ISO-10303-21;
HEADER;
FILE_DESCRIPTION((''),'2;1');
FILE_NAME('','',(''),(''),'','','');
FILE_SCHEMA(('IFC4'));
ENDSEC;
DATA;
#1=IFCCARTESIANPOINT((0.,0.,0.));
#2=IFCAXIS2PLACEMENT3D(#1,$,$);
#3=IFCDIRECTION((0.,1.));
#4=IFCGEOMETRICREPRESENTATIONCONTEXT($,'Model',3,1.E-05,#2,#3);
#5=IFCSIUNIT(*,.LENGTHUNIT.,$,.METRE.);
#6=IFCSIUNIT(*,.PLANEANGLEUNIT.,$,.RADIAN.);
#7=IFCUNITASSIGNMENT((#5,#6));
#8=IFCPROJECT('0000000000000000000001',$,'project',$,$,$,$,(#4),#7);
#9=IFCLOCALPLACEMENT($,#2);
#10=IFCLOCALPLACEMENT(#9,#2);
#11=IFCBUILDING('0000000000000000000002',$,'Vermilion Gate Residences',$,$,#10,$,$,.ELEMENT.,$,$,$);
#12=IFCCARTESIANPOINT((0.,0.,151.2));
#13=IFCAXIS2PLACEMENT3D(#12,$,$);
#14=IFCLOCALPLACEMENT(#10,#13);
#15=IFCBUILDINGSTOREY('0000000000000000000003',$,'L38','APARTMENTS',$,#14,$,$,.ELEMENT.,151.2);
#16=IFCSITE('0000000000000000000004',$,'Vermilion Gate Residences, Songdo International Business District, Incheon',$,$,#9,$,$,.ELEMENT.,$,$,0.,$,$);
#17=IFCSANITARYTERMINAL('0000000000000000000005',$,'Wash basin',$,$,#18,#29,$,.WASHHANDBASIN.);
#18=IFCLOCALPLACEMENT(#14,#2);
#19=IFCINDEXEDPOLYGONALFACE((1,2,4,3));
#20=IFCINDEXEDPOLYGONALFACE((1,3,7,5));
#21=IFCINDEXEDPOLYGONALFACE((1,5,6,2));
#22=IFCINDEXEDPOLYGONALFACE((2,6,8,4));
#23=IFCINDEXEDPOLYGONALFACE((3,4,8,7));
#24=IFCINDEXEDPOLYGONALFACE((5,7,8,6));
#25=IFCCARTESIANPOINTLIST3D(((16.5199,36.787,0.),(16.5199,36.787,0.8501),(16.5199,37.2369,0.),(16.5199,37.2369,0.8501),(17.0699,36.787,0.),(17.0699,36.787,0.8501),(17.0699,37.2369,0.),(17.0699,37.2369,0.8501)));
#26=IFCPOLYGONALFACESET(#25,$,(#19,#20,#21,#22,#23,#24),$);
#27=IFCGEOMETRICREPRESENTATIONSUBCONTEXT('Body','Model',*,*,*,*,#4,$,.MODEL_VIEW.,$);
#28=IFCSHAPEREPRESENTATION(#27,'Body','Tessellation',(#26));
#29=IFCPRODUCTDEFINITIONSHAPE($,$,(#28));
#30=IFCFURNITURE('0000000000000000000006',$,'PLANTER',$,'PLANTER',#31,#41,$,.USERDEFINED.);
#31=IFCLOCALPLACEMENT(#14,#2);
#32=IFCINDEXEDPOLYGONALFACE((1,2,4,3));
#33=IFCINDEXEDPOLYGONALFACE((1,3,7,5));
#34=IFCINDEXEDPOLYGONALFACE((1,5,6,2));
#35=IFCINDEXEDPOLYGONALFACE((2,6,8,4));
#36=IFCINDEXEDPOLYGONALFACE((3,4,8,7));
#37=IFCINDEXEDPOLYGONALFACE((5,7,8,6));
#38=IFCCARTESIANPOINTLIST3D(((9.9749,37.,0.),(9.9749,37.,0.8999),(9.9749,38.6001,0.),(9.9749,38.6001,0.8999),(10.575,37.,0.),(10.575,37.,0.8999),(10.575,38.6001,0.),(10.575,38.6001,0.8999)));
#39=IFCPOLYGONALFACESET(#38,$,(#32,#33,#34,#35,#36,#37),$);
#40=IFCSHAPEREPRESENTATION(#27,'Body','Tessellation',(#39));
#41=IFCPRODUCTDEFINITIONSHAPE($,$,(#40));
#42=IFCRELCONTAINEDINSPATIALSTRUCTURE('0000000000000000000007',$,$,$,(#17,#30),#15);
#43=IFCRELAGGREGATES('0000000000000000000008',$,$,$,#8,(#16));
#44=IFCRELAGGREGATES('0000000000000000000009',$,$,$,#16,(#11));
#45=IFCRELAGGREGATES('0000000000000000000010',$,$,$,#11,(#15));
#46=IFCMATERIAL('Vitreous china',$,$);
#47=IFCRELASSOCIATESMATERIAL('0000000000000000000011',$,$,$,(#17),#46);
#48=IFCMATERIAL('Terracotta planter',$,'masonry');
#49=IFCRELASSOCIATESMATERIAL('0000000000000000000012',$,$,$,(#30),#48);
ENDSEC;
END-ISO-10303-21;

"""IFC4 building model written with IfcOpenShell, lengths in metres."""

from ifc_helpers import new_model, si_unit, direction, frame, origin, origin_2d, place, context, subcontext, project, spatial, rectangle, extrude, material, element, save


model = new_model("IFC4")

# Units and contexts
model_context = context("Model", 3, precision=1e-05, world=origin(), true_north=direction((0.0, 1.0)))
body_context = subcontext(model_context, "Body", "Model", "MODEL_VIEW")
ifc_project = project(units=[si_unit("LENGTHUNIT", "METRE"), si_unit("PLANEANGLEUNIT", "RADIAN")], contexts=[model_context])

# Site, building, storey
site_placement = place(None, origin())
site = spatial("IfcSite", under=ifc_project, at=site_placement, Name="Vermilion Gate Residences, Songdo International Business District, Incheon", CompositionType="ELEMENT", RefElevation=0.0)
building_placement = place(site_placement, origin())
building = spatial("IfcBuilding", under=site, at=building_placement, Name="Vermilion Gate Residences", CompositionType="ELEMENT")
storey_placement = place(building_placement, frame((0.0, 0.0, 151.2)))
storey = spatial("IfcBuildingStorey", under=building, at=storey_placement, Name="L38", Description="APARTMENTS", CompositionType="ELEMENT", Elevation=151.2)

# Sanitary terminal
ifc_material_1 = material(Name="Vitreous china")
sanitary_terminal_1_placement = place(storey_placement, frame((16.7949, 37.012, 0.0), z_axis=(0.0, 0.0, 1.0), x_axis=(1.0, 0.0, 0.0)))
element("IfcSanitaryTerminal", 1, at=sanitary_terminal_1_placement, inside=storey, material=ifc_material_1, Name="Wash basin", PredefinedType="WASHHANDBASIN", context=body_context, shape_type="SweptSolid", body=[
    extrude(rectangle(XDim=0.55, YDim=0.45, at=origin_2d()), origin(), (0.0, 0.0, 1.0), 0.8501),
])

# Furniture
ifc_material_2 = material(Name="Terracotta planter", Category="masonry")
furniture_placement = place(storey_placement, frame((10.2749, 37.8, 0.0), z_axis=(0.0, 0.0, 1.0), x_axis=(0.0, -1.0, 0.0)))
element("IfcFurniture", 2, at=furniture_placement, inside=storey, material=ifc_material_2, Name="PLANTER", ObjectType="PLANTER", PredefinedType="USERDEFINED", context=body_context, shape_type="SweptSolid", body=[
    extrude(rectangle(XDim=1.6001, YDim=0.6001, at=origin_2d()), origin(), (0.0, 0.0, 1.0), 0.8999),
])

save(model, "model.ifc")
